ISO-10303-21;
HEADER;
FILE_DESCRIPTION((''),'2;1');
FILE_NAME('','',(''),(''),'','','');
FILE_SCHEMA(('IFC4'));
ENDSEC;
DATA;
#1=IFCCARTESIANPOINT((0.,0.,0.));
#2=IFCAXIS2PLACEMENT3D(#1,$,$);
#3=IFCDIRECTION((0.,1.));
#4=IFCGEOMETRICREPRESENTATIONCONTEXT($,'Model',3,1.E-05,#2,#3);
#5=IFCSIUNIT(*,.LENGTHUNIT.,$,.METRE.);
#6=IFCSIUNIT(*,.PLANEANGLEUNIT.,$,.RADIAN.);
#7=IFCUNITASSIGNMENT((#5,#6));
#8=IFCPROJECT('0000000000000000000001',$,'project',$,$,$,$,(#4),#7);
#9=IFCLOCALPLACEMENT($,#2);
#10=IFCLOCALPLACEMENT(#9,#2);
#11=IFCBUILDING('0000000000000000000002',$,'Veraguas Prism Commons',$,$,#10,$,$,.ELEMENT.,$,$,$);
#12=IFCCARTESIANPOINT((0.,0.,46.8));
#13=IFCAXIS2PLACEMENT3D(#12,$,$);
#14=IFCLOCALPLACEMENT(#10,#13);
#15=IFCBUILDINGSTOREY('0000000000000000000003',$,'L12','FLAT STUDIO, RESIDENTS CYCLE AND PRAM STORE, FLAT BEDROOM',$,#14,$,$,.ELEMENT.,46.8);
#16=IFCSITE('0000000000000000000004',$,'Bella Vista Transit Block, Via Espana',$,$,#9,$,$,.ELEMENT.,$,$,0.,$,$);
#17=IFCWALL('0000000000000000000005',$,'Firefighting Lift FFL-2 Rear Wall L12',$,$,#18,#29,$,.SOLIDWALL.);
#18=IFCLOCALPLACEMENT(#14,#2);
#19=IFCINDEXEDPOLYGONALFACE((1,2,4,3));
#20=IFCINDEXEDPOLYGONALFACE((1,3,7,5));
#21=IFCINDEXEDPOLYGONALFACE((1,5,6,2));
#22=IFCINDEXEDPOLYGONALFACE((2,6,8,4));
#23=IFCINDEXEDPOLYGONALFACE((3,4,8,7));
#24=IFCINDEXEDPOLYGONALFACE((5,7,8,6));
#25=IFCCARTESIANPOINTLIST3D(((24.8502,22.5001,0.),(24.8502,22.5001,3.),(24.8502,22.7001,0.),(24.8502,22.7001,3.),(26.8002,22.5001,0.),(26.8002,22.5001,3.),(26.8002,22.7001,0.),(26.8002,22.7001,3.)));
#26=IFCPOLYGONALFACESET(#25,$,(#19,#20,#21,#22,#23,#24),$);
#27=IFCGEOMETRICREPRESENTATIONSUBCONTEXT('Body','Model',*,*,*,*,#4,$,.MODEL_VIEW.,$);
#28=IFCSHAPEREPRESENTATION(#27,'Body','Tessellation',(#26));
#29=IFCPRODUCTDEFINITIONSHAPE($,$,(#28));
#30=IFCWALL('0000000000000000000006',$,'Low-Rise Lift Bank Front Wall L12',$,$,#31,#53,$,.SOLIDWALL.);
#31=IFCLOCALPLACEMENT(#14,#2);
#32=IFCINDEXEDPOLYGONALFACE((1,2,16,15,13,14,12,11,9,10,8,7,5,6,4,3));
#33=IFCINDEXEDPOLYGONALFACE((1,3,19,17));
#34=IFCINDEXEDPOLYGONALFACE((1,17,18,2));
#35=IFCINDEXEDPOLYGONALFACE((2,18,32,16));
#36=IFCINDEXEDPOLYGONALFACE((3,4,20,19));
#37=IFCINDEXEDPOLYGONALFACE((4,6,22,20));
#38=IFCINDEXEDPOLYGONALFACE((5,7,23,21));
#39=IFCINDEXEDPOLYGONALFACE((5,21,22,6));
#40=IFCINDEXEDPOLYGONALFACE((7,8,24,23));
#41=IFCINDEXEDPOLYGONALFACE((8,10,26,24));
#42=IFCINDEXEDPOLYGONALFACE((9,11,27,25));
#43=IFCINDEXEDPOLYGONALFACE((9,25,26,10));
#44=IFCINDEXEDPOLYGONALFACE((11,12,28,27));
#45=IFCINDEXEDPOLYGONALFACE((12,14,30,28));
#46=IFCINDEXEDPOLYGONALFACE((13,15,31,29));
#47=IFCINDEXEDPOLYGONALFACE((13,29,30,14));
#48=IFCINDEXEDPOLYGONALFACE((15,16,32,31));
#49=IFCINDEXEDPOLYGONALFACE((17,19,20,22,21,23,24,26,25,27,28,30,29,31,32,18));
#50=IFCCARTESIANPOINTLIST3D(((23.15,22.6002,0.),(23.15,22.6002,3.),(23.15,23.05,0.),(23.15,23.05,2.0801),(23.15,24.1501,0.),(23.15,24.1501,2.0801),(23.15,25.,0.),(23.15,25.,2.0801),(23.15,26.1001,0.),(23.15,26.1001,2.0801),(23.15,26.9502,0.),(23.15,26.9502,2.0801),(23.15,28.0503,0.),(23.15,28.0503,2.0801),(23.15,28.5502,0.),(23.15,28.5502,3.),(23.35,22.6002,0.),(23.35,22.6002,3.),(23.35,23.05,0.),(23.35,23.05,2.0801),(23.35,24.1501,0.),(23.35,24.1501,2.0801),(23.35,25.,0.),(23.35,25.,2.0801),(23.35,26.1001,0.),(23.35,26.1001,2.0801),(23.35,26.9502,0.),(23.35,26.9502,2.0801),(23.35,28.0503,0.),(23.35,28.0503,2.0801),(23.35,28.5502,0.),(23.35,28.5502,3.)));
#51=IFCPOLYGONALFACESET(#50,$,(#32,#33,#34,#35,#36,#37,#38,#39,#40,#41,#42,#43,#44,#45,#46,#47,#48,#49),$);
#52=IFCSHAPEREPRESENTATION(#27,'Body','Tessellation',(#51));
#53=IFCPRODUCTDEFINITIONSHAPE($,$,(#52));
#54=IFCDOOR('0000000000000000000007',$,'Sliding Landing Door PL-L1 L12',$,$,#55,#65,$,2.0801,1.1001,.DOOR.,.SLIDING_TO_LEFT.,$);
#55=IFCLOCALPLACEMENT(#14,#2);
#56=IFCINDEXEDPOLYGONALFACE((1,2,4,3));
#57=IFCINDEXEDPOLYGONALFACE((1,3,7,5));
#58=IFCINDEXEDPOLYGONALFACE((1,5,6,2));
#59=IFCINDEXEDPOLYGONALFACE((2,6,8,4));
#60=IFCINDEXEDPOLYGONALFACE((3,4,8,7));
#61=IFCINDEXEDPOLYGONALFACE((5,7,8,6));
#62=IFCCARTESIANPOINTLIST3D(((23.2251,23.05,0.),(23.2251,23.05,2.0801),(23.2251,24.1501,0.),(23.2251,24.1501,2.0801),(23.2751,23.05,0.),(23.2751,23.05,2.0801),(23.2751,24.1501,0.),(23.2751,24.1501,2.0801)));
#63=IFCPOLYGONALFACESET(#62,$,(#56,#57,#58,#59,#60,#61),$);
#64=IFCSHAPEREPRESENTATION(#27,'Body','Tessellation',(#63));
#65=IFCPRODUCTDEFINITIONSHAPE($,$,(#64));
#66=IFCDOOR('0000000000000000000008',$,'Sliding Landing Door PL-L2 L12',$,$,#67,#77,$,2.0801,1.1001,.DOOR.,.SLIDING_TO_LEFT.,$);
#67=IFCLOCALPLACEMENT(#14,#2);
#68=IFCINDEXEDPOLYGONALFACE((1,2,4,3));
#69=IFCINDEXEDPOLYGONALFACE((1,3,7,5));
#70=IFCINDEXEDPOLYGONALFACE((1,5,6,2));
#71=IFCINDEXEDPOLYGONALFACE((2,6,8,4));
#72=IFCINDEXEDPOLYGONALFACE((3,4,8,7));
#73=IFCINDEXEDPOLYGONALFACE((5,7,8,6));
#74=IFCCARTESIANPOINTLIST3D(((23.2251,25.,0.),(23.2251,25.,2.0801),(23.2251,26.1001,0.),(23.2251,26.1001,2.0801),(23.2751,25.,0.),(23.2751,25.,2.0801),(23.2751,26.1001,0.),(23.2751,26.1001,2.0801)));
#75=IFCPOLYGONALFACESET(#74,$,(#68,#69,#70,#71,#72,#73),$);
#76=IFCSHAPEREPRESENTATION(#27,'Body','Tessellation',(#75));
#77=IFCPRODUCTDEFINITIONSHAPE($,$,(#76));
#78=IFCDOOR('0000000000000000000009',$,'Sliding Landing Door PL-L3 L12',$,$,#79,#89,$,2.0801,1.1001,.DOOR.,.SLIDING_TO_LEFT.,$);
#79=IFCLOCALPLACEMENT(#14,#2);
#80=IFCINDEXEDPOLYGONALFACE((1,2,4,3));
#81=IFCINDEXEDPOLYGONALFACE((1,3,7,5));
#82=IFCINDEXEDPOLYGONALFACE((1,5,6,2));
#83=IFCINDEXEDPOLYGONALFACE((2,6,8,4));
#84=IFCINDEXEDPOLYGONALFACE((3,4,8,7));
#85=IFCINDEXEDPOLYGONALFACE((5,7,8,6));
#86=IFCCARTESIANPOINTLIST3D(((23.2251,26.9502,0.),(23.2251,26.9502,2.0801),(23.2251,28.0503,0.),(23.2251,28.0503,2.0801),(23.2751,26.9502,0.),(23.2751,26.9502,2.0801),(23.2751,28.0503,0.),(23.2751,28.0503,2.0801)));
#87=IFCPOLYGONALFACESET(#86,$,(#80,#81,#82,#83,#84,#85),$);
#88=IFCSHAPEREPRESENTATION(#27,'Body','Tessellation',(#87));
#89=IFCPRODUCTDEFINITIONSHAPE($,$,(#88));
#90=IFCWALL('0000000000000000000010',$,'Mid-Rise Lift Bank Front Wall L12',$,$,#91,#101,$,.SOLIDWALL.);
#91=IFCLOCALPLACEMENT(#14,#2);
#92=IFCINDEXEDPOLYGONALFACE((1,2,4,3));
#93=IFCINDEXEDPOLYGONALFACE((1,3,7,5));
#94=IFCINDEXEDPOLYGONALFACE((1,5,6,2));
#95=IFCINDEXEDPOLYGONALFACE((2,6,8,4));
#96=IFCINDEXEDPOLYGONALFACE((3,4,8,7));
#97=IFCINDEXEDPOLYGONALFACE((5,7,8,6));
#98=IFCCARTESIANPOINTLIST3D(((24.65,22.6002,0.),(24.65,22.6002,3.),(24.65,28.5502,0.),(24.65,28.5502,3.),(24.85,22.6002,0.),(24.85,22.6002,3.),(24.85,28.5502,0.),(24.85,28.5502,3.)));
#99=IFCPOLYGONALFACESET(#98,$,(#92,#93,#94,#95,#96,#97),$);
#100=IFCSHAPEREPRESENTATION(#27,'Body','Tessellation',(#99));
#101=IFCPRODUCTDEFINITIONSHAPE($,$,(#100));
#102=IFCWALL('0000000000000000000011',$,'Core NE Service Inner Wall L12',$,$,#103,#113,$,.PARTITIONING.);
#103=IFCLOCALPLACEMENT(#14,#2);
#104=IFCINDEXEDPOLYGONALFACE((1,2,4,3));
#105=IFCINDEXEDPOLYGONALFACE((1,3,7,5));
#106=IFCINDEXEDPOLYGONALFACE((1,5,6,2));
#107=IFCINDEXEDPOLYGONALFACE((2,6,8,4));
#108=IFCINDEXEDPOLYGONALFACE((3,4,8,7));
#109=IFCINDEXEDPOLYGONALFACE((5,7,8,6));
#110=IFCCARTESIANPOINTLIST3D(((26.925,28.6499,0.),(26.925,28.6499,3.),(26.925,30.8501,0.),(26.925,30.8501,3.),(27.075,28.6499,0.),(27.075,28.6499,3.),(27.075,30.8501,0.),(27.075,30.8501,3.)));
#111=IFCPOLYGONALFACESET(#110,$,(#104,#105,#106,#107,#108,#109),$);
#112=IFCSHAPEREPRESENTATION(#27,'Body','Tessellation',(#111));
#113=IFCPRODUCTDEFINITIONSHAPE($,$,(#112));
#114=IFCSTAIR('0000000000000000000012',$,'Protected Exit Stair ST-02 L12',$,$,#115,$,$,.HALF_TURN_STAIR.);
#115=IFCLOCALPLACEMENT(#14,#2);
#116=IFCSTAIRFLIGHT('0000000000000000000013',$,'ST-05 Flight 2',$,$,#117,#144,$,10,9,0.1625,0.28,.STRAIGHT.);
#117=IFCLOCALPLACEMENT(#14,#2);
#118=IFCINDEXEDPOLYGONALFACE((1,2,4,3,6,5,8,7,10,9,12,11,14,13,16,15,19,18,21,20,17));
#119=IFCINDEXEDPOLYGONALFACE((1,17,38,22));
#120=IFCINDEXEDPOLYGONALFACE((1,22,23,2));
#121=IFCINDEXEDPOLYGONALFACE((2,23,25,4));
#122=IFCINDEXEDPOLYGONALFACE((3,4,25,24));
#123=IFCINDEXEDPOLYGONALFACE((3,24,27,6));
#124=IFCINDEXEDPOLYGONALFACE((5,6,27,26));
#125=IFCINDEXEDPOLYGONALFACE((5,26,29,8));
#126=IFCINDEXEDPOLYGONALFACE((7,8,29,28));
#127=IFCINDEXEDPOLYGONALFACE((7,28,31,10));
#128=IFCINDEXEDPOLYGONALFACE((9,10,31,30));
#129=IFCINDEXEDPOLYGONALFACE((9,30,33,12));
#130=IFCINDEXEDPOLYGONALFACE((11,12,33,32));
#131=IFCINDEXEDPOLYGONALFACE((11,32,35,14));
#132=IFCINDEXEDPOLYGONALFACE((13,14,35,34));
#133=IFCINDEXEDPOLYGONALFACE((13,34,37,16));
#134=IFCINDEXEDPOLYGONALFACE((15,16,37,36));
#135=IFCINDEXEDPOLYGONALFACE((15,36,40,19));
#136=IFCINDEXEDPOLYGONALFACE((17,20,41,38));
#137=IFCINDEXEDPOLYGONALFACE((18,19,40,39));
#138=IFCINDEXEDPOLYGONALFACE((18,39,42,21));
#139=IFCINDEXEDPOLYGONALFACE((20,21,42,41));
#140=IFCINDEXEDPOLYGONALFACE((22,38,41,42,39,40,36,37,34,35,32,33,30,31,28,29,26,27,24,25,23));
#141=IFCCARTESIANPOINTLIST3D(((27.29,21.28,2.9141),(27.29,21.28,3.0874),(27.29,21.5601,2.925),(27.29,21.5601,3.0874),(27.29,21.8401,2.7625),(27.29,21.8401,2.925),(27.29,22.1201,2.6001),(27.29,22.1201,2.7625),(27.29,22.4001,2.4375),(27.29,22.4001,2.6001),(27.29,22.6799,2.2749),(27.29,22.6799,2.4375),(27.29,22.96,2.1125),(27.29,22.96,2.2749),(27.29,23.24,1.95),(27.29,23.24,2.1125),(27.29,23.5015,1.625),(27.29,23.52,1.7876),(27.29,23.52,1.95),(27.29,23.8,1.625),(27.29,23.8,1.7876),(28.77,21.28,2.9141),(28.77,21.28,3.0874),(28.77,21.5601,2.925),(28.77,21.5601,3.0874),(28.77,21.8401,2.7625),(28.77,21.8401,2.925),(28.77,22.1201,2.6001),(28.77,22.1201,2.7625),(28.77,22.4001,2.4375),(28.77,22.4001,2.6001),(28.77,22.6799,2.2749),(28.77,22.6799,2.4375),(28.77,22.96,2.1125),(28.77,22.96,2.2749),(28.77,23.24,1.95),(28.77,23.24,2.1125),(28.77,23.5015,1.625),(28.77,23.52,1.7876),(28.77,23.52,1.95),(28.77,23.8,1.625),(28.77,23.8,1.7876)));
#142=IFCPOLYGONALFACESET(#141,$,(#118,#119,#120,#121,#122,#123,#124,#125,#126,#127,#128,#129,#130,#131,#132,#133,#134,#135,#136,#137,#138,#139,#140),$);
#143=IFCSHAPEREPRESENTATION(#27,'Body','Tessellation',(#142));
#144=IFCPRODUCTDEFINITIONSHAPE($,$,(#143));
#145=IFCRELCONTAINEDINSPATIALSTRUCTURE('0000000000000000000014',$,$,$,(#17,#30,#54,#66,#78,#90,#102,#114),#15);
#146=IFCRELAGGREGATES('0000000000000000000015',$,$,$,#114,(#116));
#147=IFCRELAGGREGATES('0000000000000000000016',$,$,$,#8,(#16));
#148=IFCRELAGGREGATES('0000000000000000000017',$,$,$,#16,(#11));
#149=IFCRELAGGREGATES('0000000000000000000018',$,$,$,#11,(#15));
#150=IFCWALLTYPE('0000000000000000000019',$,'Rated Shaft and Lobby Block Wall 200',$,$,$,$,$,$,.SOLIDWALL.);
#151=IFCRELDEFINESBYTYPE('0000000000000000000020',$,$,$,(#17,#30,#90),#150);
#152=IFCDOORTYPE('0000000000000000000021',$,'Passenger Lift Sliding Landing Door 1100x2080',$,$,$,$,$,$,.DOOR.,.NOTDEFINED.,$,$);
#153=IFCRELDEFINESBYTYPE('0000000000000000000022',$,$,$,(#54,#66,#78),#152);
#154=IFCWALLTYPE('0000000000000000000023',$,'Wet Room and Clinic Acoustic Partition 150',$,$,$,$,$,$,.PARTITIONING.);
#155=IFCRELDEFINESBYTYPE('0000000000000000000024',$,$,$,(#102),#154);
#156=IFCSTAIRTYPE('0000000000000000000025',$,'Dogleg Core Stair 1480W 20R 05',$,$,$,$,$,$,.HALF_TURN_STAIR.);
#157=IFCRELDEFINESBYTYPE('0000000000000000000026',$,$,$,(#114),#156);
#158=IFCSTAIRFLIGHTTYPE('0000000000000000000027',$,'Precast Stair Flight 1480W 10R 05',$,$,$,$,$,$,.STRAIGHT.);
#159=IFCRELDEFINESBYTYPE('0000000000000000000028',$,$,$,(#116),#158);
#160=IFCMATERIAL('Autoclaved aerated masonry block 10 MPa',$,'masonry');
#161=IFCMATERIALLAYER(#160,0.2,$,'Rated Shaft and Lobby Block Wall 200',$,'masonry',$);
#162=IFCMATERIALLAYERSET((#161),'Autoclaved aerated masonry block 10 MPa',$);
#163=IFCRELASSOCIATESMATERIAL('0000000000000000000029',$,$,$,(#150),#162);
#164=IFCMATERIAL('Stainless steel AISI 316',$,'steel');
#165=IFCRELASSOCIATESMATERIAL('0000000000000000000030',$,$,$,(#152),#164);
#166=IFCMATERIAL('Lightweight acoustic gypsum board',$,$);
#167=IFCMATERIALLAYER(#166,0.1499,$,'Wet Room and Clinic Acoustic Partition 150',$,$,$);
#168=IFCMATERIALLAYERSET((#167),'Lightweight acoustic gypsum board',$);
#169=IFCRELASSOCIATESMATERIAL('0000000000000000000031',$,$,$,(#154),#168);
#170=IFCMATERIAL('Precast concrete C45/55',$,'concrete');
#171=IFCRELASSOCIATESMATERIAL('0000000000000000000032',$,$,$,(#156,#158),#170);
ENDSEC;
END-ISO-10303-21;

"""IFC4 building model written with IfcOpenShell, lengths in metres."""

from ifc_helpers import new_model, si_unit, direction, frame, frame_2d, origin, place, context, subcontext, project, spatial, polyline, rectangle, outline, extrude, source, transform, mapped, material, layer, layer_set, type_object, element, fill, aggregate, save


model = new_model("IFC4")

# Units and contexts
model_context = context("Model", 3, precision=1e-05, world=origin(), true_north=direction((0.0, 1.0)))
body_context = subcontext(model_context, "Body", "Model", "MODEL_VIEW")
ifc_project = project(units=[si_unit("LENGTHUNIT", "METRE"), si_unit("PLANEANGLEUNIT", "RADIAN")], contexts=[model_context])

# Site, building, storey
site_placement = place(None, origin())
site = spatial("IfcSite", under=ifc_project, at=site_placement, Name="Bella Vista Transit Block, Via Espana", CompositionType="ELEMENT", RefElevation=0.0)
building_placement = place(site_placement, origin())
building = spatial("IfcBuilding", under=site, at=building_placement, Name="Veraguas Prism Commons", CompositionType="ELEMENT")
storey_placement = place(building_placement, frame((0.0, 0.0, 46.8)))
storey = spatial("IfcBuildingStorey", under=building, at=storey_placement, Name="L12", Description="FLAT STUDIO, RESIDENTS CYCLE AND PRAM STORE, FLAT BEDROOM", CompositionType="ELEMENT", Elevation=46.8)

# Shared definitions
ifc_material_1 = material(Name="Autoclaved aerated masonry block 10 MPa", Category="masonry")

# Wall
ifc_layer_1 = layer(ifc_material_1, 0.2, Name="Rated Shaft and Lobby Block Wall 200", Category="masonry")
ifc_layer_set_1 = layer_set([ifc_layer_1], Name="Autoclaved aerated masonry block 10 MPa")
wall_type_1 = type_object("IfcWallType", Name="Rated Shaft and Lobby Block Wall 200", PredefinedType="SOLIDWALL", material=ifc_layer_set_1)
wall_1_placement = place(storey_placement, frame((24.8501, 22.6001, 0.0), z_axis=(0.0, 0.0, 1.0), x_axis=(1.0, 0.0, 0.0)))
element("IfcWall", 1, at=wall_1_placement, inside=storey, type_object=wall_type_1, Name="Firefighting Lift FFL-2 Rear Wall L12", PredefinedType="SOLIDWALL", context=body_context, shape_type="SweptSolid", body=[
    extrude(rectangle(XDim=1.95, YDim=0.2, at=frame_2d((0.9751, 0.0))), origin(), (0.0, 0.0, 1.0), 3.0),
])

# Wall, openings, doors
wall_2_placement = place(storey_placement, frame((23.25, 22.6001, 0.0), z_axis=(0.0, 0.0, 1.0), x_axis=(0.0, 1.0, 0.0)))
wall_2 = element("IfcWall", 2, at=wall_2_placement, inside=storey, type_object=wall_type_1, Name="Low-Rise Lift Bank Front Wall L12", PredefinedType="SOLIDWALL", context=body_context, shape_type="SweptSolid", body=[
    extrude(rectangle(XDim=5.95, YDim=0.2, at=frame_2d((2.9751, 0.0))), origin(), (0.0, 0.0, 1.0), 3.0),
])
opening_1_placement = place(wall_2_placement, frame((0.45, 0.0, 0.0)))
opening_1 = element("IfcOpeningElement", 3, at=opening_1_placement, cuts=wall_2, PredefinedType="OPENING", context=body_context, shape_type="SweptSolid", body=[
    extrude(rectangle(XDim=1.1001, YDim=2.0801, at=frame_2d((0.55, 1.04))), frame((0.0, 0.1099, 0.0), z_axis=(0.0, -1.0, 0.0), x_axis=(1.0, 0.0, 0.0)), (0.0, 0.0, 1.0), 0.22),
])
opening_2_placement = place(wall_2_placement, frame((2.3999, 0.0, 0.0)))
opening_2 = element("IfcOpeningElement", 4, at=opening_2_placement, cuts=wall_2, PredefinedType="OPENING", context=body_context, shape_type="SweptSolid", body=[
    extrude(rectangle(XDim=1.1001, YDim=2.0801, at=frame_2d((0.55, 1.04))), frame((0.0, 0.1099, 0.0), z_axis=(0.0, -1.0, 0.0), x_axis=(1.0, 0.0, 0.0)), (0.0, 0.0, 1.0), 0.22),
])
opening_3_placement = place(wall_2_placement, frame((4.3501, 0.0, 0.0)))
opening_3 = element("IfcOpeningElement", 5, at=opening_3_placement, cuts=wall_2, PredefinedType="OPENING", context=body_context, shape_type="SweptSolid", body=[
    extrude(rectangle(XDim=1.1001, YDim=2.0801, at=frame_2d((0.55, 1.04))), frame((0.0, 0.1099, 0.0), z_axis=(0.0, -1.0, 0.0), x_axis=(1.0, 0.0, 0.0)), (0.0, 0.0, 1.0), 0.22),
])
ifc_material_2 = material(Name="Stainless steel AISI 316", Category="steel")
door_type_1 = type_object("IfcDoorType", Name="Passenger Lift Sliding Landing Door 1100x2080", OperationType="NOTDEFINED", PredefinedType="DOOR", material=ifc_material_2)
shared_shape_1 = source(origin(), body_context, "Body", "SweptSolid", [
    extrude(rectangle(XDim=1.1001, YDim=2.0801, at=frame_2d((0.55, 1.04))), frame((0.0, 0.0249, 0.0), z_axis=(0.0, -1.0, 0.0), x_axis=(1.0, 0.0, 0.0)), (0.0, 0.0, 1.0), 0.05),
])
door_1_placement = place(opening_1_placement, origin())
door_1 = element("IfcDoor", 6, at=door_1_placement, inside=storey, type_object=door_type_1, Name="Sliding Landing Door PL-L1 L12", OperationType="SLIDING_TO_LEFT", OverallHeight=2.0801, OverallWidth=1.1001, PredefinedType="DOOR", context=body_context, shape_type="MappedRepresentation", body=[
    mapped(shared_shape_1, transform((0.0, 0.0, 0.0), scale=1.0)),
])
fill(opening_1, door_1)
door_2_placement = place(opening_2_placement, origin())
door_2 = element("IfcDoor", 7, at=door_2_placement, inside=storey, type_object=door_type_1, Name="Sliding Landing Door PL-L2 L12", OperationType="SLIDING_TO_LEFT", OverallHeight=2.0801, OverallWidth=1.1001, PredefinedType="DOOR", context=body_context, shape_type="MappedRepresentation", body=[
    mapped(shared_shape_1, transform((0.0, 0.0, 0.0), scale=1.0)),
])
fill(opening_2, door_2)
door_3_placement = place(opening_3_placement, origin())
door_3 = element("IfcDoor", 8, at=door_3_placement, inside=storey, type_object=door_type_1, Name="Sliding Landing Door PL-L3 L12", OperationType="SLIDING_TO_LEFT", OverallHeight=2.0801, OverallWidth=1.1001, PredefinedType="DOOR", context=body_context, shape_type="MappedRepresentation", body=[
    mapped(shared_shape_1, transform((0.0, 0.0, 0.0), scale=1.0)),
])
fill(opening_3, door_3)

# Walls
wall_3_placement = place(storey_placement, frame((24.75, 22.6001, 0.0), z_axis=(0.0, 0.0, 1.0), x_axis=(0.0, 1.0, 0.0)))
element("IfcWall", 9, at=wall_3_placement, inside=storey, type_object=wall_type_1, Name="Mid-Rise Lift Bank Front Wall L12", PredefinedType="SOLIDWALL", context=body_context, shape_type="SweptSolid", body=[
    extrude(rectangle(XDim=5.95, YDim=0.2, at=frame_2d((2.9751, 0.0))), origin(), (0.0, 0.0, 1.0), 3.0),
])
ifc_material_3 = material(Name="Lightweight acoustic gypsum board")
ifc_layer_2 = layer(ifc_material_3, 0.1499, Name="Wet Room and Clinic Acoustic Partition 150")
ifc_layer_set_2 = layer_set([ifc_layer_2], Name="Lightweight acoustic gypsum board")
wall_type_2 = type_object("IfcWallType", Name="Wet Room and Clinic Acoustic Partition 150", PredefinedType="PARTITIONING", material=ifc_layer_set_2)
wall_4_placement = place(storey_placement, frame((27.0, 28.6499, 0.0), z_axis=(0.0, 0.0, 1.0), x_axis=(0.0, 1.0, 0.0)))
element("IfcWall", 10, at=wall_4_placement, inside=storey, type_object=wall_type_2, Name="Core NE Service Inner Wall L12", PredefinedType="PARTITIONING", context=body_context, shape_type="SweptSolid", body=[
    extrude(rectangle(XDim=2.2002, YDim=0.1499, at=frame_2d((1.1001, 0.0))), origin(), (0.0, 0.0, 1.0), 3.0),
])

# Stair, stair flight
ifc_material_4 = material(Name="Precast concrete C45/55", Category="concrete")
stair_type = type_object("IfcStairType", Name="Dogleg Core Stair 1480W 20R 05", PredefinedType="HALF_TURN_STAIR", material=ifc_material_4)
stair_placement = place(storey_placement, origin())
stair = element("IfcStair", 11, at=stair_placement, inside=storey, type_object=stair_type, Name="Protected Exit Stair ST-02 L12", PredefinedType="HALF_TURN_STAIR")
stair_flight_type = type_object("IfcStairFlightType", Name="Precast Stair Flight 1480W 10R 05", PredefinedType="STRAIGHT", material=ifc_material_4)
stair_flight_placement = place(storey_placement, frame((28.03, 23.8, 1.625), z_axis=(0.0, 0.0, 1.0), x_axis=(0.0, -1.0, 0.0)))
stair_flight = element("IfcStairFlight", 12, at=stair_flight_placement, type_object=stair_flight_type, Name="ST-05 Flight 2", NumberOfRisers=10, NumberOfTreads=9, PredefinedType="STRAIGHT", RiserHeight=0.1625, TreadLength=0.28, context=body_context, shape_type="SweptSolid", body=[
    extrude(outline(polyline([(0.0, 0.0), (0.0, 0.1626), (0.28, 0.1626), (0.28, 0.325), (0.5601, 0.325), (0.5601, 0.4875), (0.8401, 0.4875), (0.8401, 0.6499), (1.1201, 0.6499), (1.1201, 0.8125), (1.3999, 0.8125), (1.3999, 0.9751), (1.6799, 0.9751), (1.6799, 1.1375), (1.96, 1.1375), (1.96, 1.3), (2.24, 1.3), (2.24, 1.4624), (2.52, 1.4624), (2.52, 1.625), (2.52, 1.2891), (0.2986, 0.0), (0.0, 0.0)])), frame((0.0, 0.74, 0.0), z_axis=(0.0, -1.0, 0.0), x_axis=(1.0, 0.0, 0.0)), (0.0, 0.0, 1.0), 1.48),
])
aggregate(stair, [stair_flight])

save(model, "model.ifc")
